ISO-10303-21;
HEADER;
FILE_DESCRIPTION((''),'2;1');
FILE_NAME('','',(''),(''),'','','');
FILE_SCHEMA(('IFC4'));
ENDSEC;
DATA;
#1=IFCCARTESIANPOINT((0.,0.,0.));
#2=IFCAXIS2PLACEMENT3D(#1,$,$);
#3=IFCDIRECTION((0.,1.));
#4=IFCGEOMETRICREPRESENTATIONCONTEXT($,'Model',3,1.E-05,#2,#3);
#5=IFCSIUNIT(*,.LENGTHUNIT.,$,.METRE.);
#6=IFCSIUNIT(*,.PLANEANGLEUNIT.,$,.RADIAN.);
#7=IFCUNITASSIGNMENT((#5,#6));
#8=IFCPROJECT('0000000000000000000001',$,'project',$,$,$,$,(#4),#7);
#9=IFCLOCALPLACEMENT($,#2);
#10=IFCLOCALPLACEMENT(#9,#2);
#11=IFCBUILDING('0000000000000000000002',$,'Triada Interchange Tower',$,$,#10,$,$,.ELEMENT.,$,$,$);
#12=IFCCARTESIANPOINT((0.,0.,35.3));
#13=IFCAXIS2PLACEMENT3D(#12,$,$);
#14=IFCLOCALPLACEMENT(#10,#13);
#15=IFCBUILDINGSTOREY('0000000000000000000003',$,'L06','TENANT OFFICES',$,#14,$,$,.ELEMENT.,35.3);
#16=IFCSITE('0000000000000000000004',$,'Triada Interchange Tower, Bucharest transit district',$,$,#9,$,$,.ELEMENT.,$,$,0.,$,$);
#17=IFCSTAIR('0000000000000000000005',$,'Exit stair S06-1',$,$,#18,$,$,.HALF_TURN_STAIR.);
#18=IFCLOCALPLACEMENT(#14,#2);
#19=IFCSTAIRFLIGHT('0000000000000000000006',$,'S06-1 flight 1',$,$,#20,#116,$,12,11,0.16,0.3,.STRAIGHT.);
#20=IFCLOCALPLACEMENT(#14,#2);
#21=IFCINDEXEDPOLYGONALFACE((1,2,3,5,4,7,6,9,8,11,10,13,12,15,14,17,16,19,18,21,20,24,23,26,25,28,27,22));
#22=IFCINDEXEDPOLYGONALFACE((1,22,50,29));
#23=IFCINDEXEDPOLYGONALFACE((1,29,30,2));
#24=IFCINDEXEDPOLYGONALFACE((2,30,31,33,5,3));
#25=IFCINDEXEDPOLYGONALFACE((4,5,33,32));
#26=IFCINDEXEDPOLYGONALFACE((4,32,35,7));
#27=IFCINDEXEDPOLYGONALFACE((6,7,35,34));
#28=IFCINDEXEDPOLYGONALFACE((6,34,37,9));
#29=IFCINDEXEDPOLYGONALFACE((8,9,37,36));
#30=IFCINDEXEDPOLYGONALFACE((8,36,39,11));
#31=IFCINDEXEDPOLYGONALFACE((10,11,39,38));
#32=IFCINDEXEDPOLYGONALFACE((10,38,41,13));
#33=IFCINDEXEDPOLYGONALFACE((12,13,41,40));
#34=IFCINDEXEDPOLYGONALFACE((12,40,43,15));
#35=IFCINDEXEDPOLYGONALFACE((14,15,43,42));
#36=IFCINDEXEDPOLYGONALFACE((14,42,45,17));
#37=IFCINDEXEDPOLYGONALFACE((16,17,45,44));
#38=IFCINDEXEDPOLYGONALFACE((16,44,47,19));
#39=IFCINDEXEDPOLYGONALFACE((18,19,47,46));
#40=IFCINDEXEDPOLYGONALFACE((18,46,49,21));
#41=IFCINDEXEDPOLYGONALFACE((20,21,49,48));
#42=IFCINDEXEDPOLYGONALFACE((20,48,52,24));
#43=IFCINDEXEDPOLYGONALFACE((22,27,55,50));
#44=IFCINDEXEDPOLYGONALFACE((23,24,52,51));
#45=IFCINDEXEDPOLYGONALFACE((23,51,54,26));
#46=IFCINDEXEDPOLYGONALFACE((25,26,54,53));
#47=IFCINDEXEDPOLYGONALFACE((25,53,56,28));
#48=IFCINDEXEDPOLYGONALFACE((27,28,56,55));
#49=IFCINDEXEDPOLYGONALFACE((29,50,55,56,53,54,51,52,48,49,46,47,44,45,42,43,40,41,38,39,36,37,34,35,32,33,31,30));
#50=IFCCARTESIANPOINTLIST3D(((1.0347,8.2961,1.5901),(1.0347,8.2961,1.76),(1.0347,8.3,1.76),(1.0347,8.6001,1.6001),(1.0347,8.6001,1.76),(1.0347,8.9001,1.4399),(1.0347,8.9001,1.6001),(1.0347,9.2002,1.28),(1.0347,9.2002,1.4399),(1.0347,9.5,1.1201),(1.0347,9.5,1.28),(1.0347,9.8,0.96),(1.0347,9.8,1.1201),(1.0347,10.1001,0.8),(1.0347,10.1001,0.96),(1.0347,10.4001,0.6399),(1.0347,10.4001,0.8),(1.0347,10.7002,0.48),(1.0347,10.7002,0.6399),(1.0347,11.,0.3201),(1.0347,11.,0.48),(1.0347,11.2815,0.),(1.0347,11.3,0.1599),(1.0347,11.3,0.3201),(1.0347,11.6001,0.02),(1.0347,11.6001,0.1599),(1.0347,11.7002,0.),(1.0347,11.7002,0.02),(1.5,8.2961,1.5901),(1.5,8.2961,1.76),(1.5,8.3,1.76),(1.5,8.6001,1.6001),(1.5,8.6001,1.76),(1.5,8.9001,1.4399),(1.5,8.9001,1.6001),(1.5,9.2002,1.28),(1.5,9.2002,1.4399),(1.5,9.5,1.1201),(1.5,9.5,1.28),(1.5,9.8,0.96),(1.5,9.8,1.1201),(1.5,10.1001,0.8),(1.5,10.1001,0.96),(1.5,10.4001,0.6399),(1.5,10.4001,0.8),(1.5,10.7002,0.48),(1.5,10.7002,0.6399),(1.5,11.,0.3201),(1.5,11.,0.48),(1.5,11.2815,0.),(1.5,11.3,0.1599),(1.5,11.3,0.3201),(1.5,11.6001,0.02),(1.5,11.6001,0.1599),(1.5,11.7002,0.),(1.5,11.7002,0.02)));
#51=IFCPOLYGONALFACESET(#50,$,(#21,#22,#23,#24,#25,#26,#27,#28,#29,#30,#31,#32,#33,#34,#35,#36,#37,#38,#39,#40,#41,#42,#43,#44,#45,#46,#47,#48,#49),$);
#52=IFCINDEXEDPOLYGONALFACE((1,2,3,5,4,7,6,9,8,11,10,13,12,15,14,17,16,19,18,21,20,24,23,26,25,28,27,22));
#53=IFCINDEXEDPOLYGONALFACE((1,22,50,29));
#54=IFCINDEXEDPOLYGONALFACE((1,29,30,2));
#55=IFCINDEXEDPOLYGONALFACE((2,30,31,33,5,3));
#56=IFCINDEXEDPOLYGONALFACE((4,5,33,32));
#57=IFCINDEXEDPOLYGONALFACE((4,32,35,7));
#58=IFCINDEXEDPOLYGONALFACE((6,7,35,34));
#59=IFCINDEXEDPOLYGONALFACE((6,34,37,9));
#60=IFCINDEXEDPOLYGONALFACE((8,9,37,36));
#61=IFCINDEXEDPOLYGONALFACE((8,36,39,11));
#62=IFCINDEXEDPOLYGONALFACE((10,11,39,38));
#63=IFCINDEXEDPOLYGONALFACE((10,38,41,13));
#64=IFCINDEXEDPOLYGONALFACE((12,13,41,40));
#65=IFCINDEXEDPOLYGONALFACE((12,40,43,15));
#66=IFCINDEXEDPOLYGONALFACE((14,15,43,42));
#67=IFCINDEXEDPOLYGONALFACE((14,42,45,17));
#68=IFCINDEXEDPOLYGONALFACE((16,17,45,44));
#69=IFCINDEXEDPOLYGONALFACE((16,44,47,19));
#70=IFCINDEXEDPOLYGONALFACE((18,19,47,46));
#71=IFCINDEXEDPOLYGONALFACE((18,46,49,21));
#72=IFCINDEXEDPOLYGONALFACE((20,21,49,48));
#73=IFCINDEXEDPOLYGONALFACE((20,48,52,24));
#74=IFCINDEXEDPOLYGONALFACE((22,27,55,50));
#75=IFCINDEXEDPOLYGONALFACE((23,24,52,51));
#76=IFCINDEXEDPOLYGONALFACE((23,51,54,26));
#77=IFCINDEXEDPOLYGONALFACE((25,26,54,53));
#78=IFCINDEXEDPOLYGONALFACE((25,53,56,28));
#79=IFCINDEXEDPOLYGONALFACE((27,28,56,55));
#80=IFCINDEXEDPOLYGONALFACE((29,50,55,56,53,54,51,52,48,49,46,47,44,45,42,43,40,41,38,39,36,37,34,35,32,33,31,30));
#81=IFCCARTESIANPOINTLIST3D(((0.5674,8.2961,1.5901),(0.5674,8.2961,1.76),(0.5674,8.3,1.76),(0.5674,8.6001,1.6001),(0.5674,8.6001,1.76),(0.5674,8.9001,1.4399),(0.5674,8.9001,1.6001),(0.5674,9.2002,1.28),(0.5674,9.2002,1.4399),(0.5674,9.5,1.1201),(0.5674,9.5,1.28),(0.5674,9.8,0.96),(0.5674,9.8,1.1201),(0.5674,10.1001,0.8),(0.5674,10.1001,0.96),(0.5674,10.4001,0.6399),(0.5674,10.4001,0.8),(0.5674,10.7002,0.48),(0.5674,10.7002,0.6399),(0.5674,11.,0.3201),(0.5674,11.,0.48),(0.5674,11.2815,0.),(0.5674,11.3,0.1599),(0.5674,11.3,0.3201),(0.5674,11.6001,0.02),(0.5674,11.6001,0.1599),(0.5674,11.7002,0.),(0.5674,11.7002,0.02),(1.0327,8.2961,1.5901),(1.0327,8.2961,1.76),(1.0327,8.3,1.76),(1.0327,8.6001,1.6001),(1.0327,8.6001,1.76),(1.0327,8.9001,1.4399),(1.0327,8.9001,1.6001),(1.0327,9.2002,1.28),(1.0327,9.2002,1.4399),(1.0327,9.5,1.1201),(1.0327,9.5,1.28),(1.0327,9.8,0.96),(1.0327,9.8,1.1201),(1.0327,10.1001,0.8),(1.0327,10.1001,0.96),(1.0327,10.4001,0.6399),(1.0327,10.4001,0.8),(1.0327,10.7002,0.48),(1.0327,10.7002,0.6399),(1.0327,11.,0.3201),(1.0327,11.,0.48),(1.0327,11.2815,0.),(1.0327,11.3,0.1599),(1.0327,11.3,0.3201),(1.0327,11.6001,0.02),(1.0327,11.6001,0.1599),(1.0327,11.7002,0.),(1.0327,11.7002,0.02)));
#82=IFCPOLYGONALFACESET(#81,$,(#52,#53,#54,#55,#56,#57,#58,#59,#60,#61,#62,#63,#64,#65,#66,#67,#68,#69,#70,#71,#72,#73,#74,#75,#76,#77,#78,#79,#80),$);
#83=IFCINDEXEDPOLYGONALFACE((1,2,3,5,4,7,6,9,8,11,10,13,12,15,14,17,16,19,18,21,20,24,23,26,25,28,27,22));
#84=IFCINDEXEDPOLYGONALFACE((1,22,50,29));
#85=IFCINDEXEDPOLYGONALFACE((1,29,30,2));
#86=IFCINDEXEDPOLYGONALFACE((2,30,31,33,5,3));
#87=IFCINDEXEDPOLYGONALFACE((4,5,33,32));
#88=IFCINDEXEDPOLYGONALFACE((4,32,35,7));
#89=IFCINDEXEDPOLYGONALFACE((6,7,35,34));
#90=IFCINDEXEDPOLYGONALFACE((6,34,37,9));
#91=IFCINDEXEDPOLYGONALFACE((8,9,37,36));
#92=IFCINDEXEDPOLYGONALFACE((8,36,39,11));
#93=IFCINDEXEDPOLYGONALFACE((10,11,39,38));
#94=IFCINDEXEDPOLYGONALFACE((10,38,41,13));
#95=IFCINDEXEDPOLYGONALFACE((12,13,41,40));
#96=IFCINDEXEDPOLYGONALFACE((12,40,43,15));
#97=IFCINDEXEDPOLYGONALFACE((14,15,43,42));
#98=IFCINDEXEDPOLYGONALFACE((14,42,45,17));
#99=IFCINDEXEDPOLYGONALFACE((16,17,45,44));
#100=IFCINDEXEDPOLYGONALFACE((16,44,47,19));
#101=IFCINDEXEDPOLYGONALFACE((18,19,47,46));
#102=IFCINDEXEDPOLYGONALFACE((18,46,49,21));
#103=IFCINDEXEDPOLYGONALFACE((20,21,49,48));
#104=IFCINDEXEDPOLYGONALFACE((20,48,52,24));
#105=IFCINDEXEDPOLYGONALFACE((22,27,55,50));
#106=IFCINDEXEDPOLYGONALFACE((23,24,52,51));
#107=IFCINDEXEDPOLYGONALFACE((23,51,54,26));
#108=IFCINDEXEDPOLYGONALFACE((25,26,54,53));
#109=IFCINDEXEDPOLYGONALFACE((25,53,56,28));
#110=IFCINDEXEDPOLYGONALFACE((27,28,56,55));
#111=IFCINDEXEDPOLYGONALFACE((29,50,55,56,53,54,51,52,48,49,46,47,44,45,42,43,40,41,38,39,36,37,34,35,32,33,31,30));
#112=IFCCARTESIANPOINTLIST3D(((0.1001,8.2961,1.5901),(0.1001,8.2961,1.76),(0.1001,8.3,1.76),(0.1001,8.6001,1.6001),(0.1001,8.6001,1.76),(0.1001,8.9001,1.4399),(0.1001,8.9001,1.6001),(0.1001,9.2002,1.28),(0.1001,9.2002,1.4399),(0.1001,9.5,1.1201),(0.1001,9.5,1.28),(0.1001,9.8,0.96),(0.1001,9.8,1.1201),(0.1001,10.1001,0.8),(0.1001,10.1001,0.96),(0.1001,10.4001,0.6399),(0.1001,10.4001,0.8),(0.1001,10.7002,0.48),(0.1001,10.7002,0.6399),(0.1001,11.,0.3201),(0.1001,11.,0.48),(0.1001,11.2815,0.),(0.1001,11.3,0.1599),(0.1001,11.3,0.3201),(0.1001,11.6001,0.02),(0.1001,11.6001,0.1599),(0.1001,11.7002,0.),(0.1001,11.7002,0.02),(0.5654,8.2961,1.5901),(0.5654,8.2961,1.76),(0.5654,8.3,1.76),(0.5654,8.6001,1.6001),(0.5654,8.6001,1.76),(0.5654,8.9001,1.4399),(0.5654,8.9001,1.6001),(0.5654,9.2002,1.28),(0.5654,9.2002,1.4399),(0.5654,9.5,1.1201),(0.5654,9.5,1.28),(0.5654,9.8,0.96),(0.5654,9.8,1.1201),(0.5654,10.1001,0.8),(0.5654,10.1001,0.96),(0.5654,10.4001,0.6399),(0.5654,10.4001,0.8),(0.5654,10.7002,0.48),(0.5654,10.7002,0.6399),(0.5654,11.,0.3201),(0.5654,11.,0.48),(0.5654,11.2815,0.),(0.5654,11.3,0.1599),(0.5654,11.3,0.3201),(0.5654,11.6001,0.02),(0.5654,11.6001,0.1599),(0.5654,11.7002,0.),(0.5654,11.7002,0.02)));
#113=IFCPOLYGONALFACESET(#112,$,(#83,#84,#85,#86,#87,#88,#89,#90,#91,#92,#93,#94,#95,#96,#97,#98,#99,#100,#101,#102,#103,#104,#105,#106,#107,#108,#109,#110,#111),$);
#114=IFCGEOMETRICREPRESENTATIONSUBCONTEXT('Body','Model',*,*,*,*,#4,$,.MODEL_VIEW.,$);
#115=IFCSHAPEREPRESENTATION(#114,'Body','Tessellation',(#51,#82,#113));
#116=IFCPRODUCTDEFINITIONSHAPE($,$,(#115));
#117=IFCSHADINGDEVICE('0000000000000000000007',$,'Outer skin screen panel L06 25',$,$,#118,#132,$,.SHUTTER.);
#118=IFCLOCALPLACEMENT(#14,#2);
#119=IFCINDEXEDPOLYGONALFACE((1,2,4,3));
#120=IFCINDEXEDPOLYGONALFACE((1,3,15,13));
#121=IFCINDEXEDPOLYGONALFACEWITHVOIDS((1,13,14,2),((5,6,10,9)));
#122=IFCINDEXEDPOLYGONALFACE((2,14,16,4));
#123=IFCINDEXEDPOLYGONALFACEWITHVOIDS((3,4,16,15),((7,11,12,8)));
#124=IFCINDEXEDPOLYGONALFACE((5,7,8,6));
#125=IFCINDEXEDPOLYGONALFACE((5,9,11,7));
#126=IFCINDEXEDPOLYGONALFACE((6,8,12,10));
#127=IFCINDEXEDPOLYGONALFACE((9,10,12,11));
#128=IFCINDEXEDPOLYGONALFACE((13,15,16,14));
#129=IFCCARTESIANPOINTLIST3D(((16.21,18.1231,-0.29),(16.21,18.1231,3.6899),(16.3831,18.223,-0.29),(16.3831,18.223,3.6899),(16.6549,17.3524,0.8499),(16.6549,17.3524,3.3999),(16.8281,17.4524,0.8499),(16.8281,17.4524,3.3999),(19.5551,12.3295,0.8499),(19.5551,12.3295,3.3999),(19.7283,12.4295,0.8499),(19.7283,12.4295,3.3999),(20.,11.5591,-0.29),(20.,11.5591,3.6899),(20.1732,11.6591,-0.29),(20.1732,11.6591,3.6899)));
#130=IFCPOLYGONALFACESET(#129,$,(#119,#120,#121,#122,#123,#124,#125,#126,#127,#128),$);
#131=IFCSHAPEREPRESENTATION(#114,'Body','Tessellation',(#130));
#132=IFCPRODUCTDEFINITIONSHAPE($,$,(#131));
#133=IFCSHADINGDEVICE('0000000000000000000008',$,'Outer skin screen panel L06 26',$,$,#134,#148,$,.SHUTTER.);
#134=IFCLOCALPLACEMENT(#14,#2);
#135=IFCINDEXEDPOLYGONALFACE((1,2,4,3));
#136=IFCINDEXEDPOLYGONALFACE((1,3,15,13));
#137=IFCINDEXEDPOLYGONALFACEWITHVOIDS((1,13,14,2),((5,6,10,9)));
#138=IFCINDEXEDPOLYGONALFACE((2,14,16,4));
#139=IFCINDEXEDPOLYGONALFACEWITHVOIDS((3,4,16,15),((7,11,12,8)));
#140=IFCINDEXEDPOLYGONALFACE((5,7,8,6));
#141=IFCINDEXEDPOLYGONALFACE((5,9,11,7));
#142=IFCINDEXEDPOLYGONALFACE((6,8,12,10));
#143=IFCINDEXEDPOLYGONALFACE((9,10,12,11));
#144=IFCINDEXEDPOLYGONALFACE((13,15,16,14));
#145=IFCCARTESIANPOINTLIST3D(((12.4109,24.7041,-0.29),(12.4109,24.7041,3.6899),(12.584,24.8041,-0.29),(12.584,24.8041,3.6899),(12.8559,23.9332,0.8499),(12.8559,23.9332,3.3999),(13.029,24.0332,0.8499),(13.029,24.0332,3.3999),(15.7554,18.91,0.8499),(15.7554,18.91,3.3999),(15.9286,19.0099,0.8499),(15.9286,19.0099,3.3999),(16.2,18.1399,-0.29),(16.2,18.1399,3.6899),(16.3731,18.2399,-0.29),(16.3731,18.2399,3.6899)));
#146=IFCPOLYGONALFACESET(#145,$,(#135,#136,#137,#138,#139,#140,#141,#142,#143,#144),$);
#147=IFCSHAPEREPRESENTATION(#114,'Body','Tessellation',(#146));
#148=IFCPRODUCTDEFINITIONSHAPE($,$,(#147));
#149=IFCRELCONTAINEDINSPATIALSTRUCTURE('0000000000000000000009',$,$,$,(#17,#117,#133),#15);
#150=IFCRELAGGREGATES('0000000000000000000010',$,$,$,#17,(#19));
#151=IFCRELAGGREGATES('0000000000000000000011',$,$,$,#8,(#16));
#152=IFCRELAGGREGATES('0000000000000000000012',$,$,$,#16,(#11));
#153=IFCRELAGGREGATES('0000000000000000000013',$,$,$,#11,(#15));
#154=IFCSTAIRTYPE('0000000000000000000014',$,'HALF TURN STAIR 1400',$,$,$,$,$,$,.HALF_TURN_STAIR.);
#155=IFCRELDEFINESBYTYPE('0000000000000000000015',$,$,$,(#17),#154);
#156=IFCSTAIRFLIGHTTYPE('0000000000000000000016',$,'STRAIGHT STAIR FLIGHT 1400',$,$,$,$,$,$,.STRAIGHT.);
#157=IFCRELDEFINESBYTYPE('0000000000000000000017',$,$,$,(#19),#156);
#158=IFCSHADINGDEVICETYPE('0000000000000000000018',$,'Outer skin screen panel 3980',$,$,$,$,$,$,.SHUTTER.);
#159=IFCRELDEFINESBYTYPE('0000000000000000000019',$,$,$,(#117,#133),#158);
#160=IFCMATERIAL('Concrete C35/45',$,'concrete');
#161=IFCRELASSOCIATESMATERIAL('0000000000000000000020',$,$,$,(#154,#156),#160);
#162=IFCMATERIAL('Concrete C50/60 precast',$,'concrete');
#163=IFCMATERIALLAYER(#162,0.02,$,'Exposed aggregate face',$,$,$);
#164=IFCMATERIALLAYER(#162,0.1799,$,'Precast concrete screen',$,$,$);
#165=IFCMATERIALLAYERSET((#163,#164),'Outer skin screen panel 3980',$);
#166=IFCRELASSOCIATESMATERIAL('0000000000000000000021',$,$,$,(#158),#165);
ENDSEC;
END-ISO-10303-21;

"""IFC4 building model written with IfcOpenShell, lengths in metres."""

from ifc_helpers import new_model, si_unit, direction, frame, origin, place, context, subcontext, project, spatial, polyline, outline, extrude, material, layer, layer_set, type_object, element, aggregate, save


model = new_model("IFC4")

# Units and contexts
model_context = context("Model", 3, precision=1e-05, world=origin(), true_north=direction((0.0, 1.0)))
body_context = subcontext(model_context, "Body", "Model", "MODEL_VIEW")
ifc_project = project(units=[si_unit("LENGTHUNIT", "METRE"), si_unit("PLANEANGLEUNIT", "RADIAN")], contexts=[model_context])

# Site, building, storey
site_placement = place(None, origin())
site = spatial("IfcSite", under=ifc_project, at=site_placement, Name="Triada Interchange Tower, Bucharest transit district", CompositionType="ELEMENT", RefElevation=0.0)
building_placement = place(site_placement, origin())
building = spatial("IfcBuilding", under=site, at=building_placement, Name="Triada Interchange Tower", CompositionType="ELEMENT")
storey_placement = place(building_placement, frame((0.0, 0.0, 35.3)))
storey = spatial("IfcBuildingStorey", under=building, at=storey_placement, Name="L06", Description="TENANT OFFICES", CompositionType="ELEMENT", Elevation=35.3)

# Stair, stair flight
ifc_material_1 = material(Name="Concrete C35/45", Category="concrete")
stair_type = type_object("IfcStairType", Name="HALF TURN STAIR 1400", PredefinedType="HALF_TURN_STAIR", material=ifc_material_1)
stair_placement = place(storey_placement, origin())
stair = element("IfcStair", 1, at=stair_placement, inside=storey, type_object=stair_type, Name="Exit stair S06-1", PredefinedType="HALF_TURN_STAIR")
stair_flight_type = type_object("IfcStairFlightType", Name="STRAIGHT STAIR FLIGHT 1400", PredefinedType="STRAIGHT", material=ifc_material_1)
stair_flight_placement = place(storey_placement, frame((0.8, 11.6001, 0.0), z_axis=(0.0, 0.0, 1.0), x_axis=(0.0, -1.0, 0.0)))
stair_flight = element("IfcStairFlight", 2, at=stair_flight_placement, type_object=stair_flight_type, Name="S06-1 flight 1", NumberOfRisers=12, NumberOfTreads=11, PredefinedType="STRAIGHT", RiserHeight=0.16, TreadLength=0.3, context=body_context, shape_type="SweptSolid", body=[
    extrude(outline(polyline([(-0.1001, 0.0), (-0.1001, 0.02), (0.0, 0.02), (0.0, 0.1599), (0.3, 0.1599), (0.3, 0.3201), (0.6001, 0.3201), (0.6001, 0.48), (0.8999, 0.48), (0.8999, 0.6399), (1.2, 0.6399), (1.2, 0.8), (1.5, 0.8), (1.5, 0.96), (1.8, 0.96), (1.8, 1.1201), (2.1001, 1.1201), (2.1001, 1.28), (2.3999, 1.28), (2.3999, 1.4399), (2.7, 1.4399), (2.7, 1.6001), (3.0, 1.6001), (3.0, 1.76), (3.3, 1.76), (3.304, 1.76), (3.304, 1.9199), (3.304, 1.5901), (0.3186, 0.0), (-0.1001, 0.0)])), frame((0.0, 0.7, 0.0), z_axis=(0.0, -1.0, 0.0), x_axis=(1.0, 0.0, 0.0)), (0.0, 0.0, 1.0), 0.4653),
    extrude(outline(polyline([(-0.1001, 0.0), (-0.1001, 0.02), (0.0, 0.02), (0.0, 0.1599), (0.3, 0.1599), (0.3, 0.3201), (0.6001, 0.3201), (0.6001, 0.48), (0.8999, 0.48), (0.8999, 0.6399), (1.2, 0.6399), (1.2, 0.8), (1.5, 0.8), (1.5, 0.96), (1.8, 0.96), (1.8, 1.1201), (2.1001, 1.1201), (2.1001, 1.28), (2.3999, 1.28), (2.3999, 1.4399), (2.7, 1.4399), (2.7, 1.6001), (3.0, 1.6001), (3.0, 1.76), (3.3, 1.76), (3.304, 1.76), (3.304, 1.9199), (3.304, 1.5901), (0.3186, 0.0), (-0.1001, 0.0)])), frame((0.0, 0.2327, 0.0), z_axis=(0.0, -1.0, 0.0), x_axis=(1.0, 0.0, 0.0)), (0.0, 0.0, 1.0), 0.4653),
    extrude(outline(polyline([(-0.1001, 0.0), (-0.1001, 0.02), (0.0, 0.02), (0.0, 0.1599), (0.3, 0.1599), (0.3, 0.3201), (0.6001, 0.3201), (0.6001, 0.48), (0.8999, 0.48), (0.8999, 0.6399), (1.2, 0.6399), (1.2, 0.8), (1.5, 0.8), (1.5, 0.96), (1.8, 0.96), (1.8, 1.1201), (2.1001, 1.1201), (2.1001, 1.28), (2.3999, 1.28), (2.3999, 1.4399), (2.7, 1.4399), (2.7, 1.6001), (3.0, 1.6001), (3.0, 1.76), (3.3, 1.76), (3.304, 1.76), (3.304, 1.9199), (3.304, 1.5901), (0.3186, 0.0), (-0.1001, 0.0)])), frame((0.0, -0.2346, 0.0), z_axis=(0.0, -1.0, 0.0), x_axis=(1.0, 0.0, 0.0)), (0.0, 0.0, 1.0), 0.4653),
])

# Shading devices
ifc_material_2 = material(Name="Concrete C50/60 precast", Category="concrete")
ifc_layer_1 = layer(ifc_material_2, 0.02, Name="Exposed aggregate face")
ifc_layer_2 = layer(ifc_material_2, 0.1799, Name="Precast concrete screen")
ifc_layer_set_1 = layer_set([ifc_layer_1, ifc_layer_2], Name="Outer skin screen panel 3980")
shading_device_type = type_object("IfcShadingDeviceType", Name="Outer skin screen panel 3980", PredefinedType="SHUTTER", material=ifc_layer_set_1)
shading_device_1_placement = place(storey_placement, frame((20.0, 11.5591, -0.29), z_axis=(0.0, 0.0, 1.0), x_axis=(-0.500033, 0.866006, 0.0)))
element("IfcShadingDevice", 3, at=shading_device_1_placement, inside=storey, type_object=shading_device_type, Name="Outer skin screen panel L06 25", PredefinedType="SHUTTER", context=body_context, shape_type="SweptSolid", body=[
    extrude(outline(polyline([(0.0, 0.0), (7.5796, 0.0), (7.5796, 3.98), (0.0, 3.98), (0.0, 0.0)]), holes=[polyline([(0.8896, 1.1399), (0.8896, 3.6899), (6.6897, 3.6899), (6.6897, 1.1399), (0.8896, 1.1399)])]), frame((0.0, 0.0, 0.0), z_axis=(0.0, -1.0, 0.0), x_axis=(1.0, 0.0, 0.0)), (0.0, 0.0, 1.0), 0.2),
])
shading_device_2_placement = place(storey_placement, frame((16.2, 18.1399, -0.29), z_axis=(0.0, 0.0, 1.0), x_axis=(-0.499922, 0.86607, 0.0)))
element("IfcShadingDevice", 4, at=shading_device_2_placement, inside=storey, type_object=shading_device_type, Name="Outer skin screen panel L06 26", PredefinedType="SHUTTER", context=body_context, shape_type="SweptSolid", body=[
    extrude(outline(polyline([(0.0, 0.0), (7.5793, 0.0), (7.5793, 3.98), (0.0, 3.98), (0.0, 0.0)]), holes=[polyline([(0.8892, 1.1399), (0.8892, 3.6899), (6.6892, 3.6899), (6.6892, 1.1399), (0.8892, 1.1399)])]), frame((0.0, 0.0, 0.0), z_axis=(0.0, -1.0, 0.0), x_axis=(1.0, 0.0, 0.0)), (0.0, 0.0, 1.0), 0.2),
])

aggregate(stair, [stair_flight])

save(model, "model.ifc")
